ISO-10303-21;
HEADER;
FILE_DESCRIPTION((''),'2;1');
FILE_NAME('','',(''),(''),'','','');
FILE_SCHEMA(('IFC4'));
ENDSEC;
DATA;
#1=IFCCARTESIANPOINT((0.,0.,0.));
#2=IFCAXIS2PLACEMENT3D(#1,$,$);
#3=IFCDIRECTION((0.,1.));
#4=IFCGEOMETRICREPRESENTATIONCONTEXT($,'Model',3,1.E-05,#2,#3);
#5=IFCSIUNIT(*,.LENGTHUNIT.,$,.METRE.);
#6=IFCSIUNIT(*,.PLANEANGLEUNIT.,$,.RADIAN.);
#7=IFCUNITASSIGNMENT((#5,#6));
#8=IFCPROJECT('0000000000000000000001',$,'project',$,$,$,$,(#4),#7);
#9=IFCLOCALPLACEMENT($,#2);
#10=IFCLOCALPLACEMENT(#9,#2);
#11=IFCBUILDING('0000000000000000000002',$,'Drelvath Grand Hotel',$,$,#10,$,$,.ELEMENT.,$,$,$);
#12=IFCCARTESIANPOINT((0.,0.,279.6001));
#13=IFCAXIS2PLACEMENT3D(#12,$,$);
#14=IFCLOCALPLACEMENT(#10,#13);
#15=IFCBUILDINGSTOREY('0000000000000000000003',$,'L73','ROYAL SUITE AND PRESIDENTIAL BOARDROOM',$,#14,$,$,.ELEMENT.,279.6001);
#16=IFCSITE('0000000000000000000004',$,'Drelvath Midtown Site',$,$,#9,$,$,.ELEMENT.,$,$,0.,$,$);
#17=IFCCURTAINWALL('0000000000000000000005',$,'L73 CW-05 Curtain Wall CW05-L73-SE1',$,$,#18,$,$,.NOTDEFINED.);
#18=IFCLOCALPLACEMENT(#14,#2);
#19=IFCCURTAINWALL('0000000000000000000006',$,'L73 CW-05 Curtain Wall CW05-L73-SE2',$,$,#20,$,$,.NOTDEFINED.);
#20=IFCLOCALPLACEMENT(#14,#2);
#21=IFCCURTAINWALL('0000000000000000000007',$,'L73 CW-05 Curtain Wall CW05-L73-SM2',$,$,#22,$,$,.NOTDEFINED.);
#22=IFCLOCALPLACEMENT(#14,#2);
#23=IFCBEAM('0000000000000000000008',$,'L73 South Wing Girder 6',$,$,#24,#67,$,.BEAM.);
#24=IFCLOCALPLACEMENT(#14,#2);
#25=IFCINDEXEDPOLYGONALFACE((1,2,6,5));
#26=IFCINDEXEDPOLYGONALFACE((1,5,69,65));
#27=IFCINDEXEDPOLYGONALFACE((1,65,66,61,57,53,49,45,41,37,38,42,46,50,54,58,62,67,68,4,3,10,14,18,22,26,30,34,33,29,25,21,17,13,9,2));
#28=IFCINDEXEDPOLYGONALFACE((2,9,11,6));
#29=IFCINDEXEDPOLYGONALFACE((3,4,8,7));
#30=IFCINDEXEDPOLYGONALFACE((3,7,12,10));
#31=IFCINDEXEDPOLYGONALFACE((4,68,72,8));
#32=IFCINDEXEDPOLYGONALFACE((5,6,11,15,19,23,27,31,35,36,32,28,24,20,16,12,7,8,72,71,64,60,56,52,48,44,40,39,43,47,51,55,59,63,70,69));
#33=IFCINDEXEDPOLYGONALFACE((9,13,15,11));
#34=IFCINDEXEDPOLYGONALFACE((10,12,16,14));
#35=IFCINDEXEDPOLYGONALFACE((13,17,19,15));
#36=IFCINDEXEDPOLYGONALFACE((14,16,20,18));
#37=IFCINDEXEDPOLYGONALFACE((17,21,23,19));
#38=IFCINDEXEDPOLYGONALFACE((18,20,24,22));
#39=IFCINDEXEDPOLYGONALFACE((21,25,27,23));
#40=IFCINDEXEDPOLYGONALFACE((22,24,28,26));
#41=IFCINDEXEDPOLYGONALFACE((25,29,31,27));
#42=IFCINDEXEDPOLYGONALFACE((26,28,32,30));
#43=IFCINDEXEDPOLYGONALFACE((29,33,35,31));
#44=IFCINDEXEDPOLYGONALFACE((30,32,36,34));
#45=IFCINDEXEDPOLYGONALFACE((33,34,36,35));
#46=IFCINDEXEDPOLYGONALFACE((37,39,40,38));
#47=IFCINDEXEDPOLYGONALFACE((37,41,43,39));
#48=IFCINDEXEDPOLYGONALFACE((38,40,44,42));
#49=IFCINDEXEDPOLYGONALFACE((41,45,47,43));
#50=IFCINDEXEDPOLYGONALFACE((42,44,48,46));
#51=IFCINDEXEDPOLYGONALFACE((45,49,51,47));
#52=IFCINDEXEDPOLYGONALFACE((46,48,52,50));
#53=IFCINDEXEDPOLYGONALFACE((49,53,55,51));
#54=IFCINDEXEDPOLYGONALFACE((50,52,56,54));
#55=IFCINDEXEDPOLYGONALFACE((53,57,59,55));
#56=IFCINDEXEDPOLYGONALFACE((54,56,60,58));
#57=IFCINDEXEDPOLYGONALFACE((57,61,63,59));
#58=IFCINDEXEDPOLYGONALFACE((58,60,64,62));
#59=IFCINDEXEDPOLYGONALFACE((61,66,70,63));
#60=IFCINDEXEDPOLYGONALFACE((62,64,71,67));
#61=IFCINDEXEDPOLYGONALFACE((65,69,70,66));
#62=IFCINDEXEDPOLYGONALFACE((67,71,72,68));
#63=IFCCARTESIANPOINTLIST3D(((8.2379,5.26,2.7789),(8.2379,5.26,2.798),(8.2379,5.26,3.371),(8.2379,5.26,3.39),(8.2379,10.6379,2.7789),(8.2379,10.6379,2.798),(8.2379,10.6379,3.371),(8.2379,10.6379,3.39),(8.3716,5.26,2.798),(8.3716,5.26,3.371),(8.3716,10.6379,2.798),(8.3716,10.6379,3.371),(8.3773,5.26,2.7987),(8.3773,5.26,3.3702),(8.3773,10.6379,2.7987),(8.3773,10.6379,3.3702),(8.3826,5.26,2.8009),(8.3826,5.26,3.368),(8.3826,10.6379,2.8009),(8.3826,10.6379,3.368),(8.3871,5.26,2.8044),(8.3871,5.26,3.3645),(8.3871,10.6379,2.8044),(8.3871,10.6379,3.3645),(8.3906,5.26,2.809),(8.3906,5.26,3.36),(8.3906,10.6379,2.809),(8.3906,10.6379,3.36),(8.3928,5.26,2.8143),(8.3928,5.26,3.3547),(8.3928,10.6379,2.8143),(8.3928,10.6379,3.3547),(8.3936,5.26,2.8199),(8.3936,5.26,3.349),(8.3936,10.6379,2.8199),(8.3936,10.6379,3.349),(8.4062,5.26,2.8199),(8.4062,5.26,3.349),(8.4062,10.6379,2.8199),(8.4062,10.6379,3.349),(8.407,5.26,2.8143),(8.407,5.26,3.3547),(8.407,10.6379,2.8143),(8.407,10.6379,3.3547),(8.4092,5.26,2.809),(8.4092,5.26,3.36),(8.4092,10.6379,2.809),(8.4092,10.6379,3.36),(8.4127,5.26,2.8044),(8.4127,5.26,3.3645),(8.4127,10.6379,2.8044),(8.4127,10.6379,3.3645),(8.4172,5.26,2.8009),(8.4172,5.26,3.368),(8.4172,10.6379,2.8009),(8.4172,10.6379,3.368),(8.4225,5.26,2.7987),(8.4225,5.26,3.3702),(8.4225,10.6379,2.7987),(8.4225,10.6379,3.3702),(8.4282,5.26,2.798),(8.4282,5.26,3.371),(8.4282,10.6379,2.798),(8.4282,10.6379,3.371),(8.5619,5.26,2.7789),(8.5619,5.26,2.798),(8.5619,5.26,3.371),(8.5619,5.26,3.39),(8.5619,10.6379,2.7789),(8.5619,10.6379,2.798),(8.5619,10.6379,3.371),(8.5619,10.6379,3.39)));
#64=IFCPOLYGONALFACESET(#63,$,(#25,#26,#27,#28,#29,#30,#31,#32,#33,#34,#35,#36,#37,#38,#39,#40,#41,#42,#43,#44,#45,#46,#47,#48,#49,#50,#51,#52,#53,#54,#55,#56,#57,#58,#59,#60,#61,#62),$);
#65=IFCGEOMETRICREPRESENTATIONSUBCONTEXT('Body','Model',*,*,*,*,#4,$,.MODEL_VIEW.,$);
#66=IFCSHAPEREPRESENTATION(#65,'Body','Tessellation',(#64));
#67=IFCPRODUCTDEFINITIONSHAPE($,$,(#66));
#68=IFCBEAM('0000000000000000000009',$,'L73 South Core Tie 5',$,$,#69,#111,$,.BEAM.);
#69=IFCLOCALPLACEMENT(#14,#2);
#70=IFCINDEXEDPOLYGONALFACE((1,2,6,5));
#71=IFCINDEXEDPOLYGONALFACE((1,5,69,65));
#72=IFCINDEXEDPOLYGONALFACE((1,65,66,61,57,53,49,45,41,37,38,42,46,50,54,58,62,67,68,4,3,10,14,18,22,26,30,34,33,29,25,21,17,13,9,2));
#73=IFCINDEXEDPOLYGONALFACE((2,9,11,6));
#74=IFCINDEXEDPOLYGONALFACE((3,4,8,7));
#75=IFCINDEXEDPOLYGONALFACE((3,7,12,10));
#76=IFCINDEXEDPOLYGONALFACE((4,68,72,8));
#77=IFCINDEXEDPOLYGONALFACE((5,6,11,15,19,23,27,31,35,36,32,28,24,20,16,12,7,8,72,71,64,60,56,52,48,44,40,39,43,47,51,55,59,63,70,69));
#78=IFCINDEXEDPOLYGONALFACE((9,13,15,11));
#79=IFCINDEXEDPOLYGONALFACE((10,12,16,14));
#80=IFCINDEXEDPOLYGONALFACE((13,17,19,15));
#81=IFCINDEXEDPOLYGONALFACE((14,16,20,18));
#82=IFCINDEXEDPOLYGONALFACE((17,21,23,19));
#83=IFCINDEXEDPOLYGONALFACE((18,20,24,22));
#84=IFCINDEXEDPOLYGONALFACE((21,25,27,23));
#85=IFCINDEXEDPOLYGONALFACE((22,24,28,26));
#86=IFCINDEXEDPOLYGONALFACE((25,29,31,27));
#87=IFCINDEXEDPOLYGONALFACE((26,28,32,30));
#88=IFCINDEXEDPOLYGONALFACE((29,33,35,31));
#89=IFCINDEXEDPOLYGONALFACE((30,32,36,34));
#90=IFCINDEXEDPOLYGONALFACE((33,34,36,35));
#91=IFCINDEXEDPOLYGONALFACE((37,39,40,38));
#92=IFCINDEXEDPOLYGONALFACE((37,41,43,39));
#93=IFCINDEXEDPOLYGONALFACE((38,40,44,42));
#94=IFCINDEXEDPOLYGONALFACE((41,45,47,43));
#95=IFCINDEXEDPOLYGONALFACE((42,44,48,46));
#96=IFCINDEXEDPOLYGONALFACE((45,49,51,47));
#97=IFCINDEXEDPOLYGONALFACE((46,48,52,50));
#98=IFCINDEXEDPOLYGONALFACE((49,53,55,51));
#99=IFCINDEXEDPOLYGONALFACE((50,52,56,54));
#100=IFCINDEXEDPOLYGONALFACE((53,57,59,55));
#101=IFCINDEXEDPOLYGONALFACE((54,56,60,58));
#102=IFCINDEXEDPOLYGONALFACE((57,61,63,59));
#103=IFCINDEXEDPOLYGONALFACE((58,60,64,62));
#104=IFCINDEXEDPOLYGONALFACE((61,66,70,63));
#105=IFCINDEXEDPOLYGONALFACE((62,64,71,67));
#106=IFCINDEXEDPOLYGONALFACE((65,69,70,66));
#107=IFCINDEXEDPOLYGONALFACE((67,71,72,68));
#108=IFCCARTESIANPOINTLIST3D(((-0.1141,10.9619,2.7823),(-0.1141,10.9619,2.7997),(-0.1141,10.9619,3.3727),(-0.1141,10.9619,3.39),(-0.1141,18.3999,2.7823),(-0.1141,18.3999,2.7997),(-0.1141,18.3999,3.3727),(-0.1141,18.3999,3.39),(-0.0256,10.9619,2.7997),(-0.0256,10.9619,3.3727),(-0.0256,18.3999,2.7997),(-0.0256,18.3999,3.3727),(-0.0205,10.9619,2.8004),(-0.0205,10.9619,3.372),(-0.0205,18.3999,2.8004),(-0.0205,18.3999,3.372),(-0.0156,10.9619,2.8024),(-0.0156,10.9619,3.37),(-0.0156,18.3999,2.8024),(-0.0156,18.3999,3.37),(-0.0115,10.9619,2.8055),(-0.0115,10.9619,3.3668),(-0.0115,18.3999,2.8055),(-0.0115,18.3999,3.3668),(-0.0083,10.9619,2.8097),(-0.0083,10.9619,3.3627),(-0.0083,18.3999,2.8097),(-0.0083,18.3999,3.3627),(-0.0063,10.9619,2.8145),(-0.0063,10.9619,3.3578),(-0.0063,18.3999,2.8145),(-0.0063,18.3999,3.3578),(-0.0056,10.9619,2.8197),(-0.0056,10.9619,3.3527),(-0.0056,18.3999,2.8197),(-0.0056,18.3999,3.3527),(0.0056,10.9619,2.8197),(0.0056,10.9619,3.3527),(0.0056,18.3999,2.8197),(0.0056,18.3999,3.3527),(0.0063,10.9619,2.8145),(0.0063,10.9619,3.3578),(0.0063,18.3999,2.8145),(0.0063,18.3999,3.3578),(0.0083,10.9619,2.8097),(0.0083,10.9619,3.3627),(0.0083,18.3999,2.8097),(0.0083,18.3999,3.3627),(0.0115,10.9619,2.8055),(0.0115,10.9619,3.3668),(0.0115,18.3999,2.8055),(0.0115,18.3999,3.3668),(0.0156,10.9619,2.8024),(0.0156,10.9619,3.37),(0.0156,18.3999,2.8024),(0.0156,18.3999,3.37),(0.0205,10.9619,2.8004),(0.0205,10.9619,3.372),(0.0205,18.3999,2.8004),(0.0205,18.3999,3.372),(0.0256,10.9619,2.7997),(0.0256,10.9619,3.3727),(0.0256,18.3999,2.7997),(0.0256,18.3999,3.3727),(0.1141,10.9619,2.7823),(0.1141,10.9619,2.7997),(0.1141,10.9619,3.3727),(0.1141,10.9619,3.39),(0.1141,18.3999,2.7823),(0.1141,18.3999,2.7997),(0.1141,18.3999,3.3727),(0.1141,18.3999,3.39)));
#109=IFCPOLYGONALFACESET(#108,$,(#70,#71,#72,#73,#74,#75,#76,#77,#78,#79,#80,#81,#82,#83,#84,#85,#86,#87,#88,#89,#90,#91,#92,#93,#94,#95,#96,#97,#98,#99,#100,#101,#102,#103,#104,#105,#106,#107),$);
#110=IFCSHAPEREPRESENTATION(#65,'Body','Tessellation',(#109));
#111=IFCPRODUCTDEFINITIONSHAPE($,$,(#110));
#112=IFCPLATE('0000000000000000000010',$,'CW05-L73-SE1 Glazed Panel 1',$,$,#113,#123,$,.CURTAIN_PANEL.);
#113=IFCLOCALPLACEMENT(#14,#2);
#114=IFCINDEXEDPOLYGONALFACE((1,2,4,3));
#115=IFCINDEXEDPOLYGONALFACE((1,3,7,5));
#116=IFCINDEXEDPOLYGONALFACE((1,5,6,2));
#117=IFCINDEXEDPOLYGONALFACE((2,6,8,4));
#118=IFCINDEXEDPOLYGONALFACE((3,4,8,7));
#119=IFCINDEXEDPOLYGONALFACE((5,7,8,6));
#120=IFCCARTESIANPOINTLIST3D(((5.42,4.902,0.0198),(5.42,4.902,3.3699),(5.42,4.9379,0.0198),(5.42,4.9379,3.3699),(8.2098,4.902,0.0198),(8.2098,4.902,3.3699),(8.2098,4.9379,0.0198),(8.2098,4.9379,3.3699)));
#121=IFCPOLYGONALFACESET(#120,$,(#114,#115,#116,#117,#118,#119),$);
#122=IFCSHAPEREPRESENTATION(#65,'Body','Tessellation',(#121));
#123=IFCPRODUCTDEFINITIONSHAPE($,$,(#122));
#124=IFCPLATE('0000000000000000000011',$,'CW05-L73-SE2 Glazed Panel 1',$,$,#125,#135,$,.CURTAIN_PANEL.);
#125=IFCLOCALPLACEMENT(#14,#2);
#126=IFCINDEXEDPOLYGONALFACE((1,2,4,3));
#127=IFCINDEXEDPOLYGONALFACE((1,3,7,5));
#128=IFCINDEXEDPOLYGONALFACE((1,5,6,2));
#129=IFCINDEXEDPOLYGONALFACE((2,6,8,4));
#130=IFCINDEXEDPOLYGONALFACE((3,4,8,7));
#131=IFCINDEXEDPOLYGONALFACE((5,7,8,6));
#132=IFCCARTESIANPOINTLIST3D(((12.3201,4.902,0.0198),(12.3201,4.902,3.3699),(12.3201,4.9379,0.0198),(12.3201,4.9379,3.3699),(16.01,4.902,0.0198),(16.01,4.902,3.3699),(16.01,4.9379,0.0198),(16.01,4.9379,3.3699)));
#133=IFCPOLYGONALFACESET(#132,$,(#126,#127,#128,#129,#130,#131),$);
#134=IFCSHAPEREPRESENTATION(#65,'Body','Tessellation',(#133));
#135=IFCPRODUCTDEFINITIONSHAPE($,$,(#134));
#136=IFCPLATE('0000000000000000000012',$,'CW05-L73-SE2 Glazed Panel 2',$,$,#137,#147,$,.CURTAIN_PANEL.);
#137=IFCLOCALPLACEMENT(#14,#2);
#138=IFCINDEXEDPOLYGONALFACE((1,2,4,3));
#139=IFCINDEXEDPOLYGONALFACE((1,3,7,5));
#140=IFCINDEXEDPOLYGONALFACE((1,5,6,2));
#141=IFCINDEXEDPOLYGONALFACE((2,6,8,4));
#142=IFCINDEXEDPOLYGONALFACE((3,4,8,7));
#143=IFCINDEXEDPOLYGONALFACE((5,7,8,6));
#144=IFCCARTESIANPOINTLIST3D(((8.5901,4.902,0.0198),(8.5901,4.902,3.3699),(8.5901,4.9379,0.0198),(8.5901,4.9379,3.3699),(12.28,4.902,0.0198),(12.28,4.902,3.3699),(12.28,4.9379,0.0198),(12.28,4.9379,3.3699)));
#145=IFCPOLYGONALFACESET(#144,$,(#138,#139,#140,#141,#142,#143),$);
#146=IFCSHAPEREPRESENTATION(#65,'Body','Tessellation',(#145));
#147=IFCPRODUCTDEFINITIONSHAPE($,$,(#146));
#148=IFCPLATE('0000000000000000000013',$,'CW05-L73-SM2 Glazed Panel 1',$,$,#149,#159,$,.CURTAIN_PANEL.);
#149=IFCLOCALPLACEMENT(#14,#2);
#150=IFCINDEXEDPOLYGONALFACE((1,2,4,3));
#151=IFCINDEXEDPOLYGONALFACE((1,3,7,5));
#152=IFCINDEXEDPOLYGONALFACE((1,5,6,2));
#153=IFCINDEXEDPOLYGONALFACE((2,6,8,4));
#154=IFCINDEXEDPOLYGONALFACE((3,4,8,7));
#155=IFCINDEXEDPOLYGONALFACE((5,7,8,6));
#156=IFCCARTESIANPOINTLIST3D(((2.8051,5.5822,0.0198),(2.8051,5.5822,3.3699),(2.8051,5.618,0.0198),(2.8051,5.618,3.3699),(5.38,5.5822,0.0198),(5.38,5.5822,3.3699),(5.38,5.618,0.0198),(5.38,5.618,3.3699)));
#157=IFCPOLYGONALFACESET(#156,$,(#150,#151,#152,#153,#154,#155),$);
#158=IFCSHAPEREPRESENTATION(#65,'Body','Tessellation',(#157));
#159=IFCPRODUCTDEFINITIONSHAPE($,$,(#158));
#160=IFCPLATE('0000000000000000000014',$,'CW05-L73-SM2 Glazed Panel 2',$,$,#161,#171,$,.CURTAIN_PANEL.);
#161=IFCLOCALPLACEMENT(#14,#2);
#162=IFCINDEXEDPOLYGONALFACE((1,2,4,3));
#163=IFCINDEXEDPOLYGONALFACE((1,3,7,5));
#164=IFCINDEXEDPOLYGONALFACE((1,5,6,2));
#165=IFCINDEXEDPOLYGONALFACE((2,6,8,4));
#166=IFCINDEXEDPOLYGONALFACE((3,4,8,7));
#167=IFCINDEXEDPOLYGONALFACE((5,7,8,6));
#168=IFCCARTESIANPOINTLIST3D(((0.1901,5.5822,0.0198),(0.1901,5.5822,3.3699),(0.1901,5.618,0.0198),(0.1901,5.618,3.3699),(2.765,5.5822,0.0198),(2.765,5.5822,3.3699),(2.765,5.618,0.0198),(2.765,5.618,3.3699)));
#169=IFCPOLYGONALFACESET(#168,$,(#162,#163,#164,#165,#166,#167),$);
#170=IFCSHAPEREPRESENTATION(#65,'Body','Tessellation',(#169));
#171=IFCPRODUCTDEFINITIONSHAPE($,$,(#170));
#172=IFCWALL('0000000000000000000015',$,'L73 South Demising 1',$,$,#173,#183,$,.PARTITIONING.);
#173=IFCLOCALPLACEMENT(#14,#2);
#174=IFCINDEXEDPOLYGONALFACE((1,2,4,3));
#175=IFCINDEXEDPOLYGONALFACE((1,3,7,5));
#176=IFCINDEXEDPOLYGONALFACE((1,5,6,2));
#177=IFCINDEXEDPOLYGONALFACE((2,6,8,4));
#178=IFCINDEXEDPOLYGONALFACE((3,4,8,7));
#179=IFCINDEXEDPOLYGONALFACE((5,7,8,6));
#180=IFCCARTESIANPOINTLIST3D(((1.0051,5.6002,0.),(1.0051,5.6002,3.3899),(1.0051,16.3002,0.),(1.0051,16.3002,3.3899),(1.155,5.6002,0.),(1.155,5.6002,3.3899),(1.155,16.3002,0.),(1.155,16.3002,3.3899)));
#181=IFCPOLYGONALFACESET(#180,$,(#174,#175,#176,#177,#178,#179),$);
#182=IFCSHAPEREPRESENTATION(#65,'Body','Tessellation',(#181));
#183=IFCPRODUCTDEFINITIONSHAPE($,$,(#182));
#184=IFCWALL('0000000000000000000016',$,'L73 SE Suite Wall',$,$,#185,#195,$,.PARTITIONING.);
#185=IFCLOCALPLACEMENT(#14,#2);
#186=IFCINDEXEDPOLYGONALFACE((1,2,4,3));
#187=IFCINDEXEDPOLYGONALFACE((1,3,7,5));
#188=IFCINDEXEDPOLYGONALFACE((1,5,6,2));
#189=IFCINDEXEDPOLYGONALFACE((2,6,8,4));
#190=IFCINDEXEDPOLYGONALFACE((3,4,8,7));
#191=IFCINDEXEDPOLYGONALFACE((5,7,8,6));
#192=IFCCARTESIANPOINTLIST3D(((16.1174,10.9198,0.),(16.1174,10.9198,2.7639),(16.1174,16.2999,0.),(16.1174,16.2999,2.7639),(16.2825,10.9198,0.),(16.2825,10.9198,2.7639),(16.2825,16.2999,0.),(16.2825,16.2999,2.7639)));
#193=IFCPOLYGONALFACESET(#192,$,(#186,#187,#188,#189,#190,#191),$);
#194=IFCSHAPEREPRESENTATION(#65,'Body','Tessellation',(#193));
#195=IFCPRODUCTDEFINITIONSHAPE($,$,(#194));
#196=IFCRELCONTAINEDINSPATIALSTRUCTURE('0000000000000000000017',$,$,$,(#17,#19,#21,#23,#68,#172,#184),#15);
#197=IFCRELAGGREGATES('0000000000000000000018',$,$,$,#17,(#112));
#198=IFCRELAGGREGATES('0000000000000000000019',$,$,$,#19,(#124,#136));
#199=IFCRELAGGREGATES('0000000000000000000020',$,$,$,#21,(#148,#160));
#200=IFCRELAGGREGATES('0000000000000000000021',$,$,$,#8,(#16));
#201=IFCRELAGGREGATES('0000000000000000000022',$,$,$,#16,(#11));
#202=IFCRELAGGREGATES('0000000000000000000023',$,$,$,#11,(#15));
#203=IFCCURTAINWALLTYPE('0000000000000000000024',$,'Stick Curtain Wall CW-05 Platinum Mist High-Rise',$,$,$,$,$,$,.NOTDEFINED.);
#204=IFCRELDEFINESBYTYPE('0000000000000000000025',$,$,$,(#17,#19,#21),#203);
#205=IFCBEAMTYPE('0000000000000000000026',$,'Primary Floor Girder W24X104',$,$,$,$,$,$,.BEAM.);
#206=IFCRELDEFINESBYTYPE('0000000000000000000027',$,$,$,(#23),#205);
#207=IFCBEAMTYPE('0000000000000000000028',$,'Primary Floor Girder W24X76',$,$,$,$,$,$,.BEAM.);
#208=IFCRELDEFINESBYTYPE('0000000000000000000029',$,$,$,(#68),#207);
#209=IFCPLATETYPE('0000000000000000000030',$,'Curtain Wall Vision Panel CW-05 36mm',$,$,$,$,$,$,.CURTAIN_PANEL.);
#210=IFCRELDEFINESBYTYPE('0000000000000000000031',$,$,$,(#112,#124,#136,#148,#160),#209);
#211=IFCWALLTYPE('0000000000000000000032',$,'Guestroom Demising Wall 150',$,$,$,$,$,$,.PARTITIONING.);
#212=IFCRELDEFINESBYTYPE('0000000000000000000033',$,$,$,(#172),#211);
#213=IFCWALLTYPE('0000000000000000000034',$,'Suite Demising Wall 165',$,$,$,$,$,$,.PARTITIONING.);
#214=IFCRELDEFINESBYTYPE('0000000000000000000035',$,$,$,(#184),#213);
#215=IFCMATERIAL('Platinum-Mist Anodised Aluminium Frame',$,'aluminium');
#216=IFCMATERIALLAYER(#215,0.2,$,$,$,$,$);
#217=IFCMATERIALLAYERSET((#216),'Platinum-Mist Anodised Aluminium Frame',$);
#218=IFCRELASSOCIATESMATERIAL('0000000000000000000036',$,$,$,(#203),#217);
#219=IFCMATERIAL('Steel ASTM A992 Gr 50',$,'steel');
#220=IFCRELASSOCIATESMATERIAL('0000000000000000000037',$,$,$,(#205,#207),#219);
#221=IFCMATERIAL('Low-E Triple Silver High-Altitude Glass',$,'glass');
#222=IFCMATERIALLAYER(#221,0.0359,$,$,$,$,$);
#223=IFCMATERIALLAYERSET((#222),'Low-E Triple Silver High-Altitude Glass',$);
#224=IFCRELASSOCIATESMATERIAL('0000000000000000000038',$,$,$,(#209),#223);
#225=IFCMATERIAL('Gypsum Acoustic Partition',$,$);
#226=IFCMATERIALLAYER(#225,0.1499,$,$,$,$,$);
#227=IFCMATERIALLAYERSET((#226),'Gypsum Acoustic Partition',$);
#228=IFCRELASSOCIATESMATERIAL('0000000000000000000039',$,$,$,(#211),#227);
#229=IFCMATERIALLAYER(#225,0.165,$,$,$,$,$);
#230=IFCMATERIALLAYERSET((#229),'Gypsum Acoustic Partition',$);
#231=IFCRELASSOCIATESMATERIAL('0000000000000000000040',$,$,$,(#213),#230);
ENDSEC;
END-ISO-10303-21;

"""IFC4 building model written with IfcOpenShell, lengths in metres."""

from ifc_helpers import new_model, si_unit, direction, frame, frame_2d, origin, origin_2d, place, context, subcontext, project, spatial, rectangle, i_section, extrude, material, layer, layer_set, material_profile, profile_set, type_object, element, aggregate, save


model = new_model("IFC4")

# Units and contexts
model_context = context("Model", 3, precision=1e-05, world=origin(), true_north=direction((0.0, 1.0)))
body_context = subcontext(model_context, "Body", "Model", "MODEL_VIEW")
ifc_project = project(units=[si_unit("LENGTHUNIT", "METRE"), si_unit("PLANEANGLEUNIT", "RADIAN")], contexts=[model_context])

# Site, building, storey
site_placement = place(None, origin())
site = spatial("IfcSite", under=ifc_project, at=site_placement, Name="Drelvath Midtown Site", CompositionType="ELEMENT", RefElevation=0.0)
building_placement = place(site_placement, origin())
building = spatial("IfcBuilding", under=site, at=building_placement, Name="Drelvath Grand Hotel", CompositionType="ELEMENT")
storey_placement = place(building_placement, frame((0.0, 0.0, 279.6001)))
storey = spatial("IfcBuildingStorey", under=building, at=storey_placement, Name="L73", Description="ROYAL SUITE AND PRESIDENTIAL BOARDROOM", CompositionType="ELEMENT", Elevation=279.6001)

# Shared definitions
ifc_material_1 = material(Name="Steel ASTM A992 Gr 50", Category="steel")

# Curtain walls
ifc_material_2 = material(Name="Platinum-Mist Anodised Aluminium Frame", Category="aluminium")
ifc_layer_1 = layer(ifc_material_2, 0.2)
ifc_layer_set_1 = layer_set([ifc_layer_1], Name="Platinum-Mist Anodised Aluminium Frame")
curtain_wall_type = type_object("IfcCurtainWallType", Name="Stick Curtain Wall CW-05 Platinum Mist High-Rise", PredefinedType="NOTDEFINED", material=ifc_layer_set_1)
curtain_wall_1_placement = place(storey_placement, origin())
curtain_wall_1 = element("IfcCurtainWall", 1, at=curtain_wall_1_placement, inside=storey, type_object=curtain_wall_type, Name="L73 CW-05 Curtain Wall CW05-L73-SE1", PredefinedType="NOTDEFINED")
curtain_wall_2_placement = place(storey_placement, origin())
curtain_wall_2 = element("IfcCurtainWall", 2, at=curtain_wall_2_placement, inside=storey, type_object=curtain_wall_type, Name="L73 CW-05 Curtain Wall CW05-L73-SE2", PredefinedType="NOTDEFINED")
curtain_wall_3_placement = place(storey_placement, origin())
curtain_wall_3 = element("IfcCurtainWall", 3, at=curtain_wall_3_placement, inside=storey, type_object=curtain_wall_type, Name="L73 CW-05 Curtain Wall CW05-L73-SM2", PredefinedType="NOTDEFINED")

# Beams
ifc_material_profile_1 = material_profile(ifc_material_1, i_section(OverallWidth=0.324, OverallDepth=0.6111, WebThickness=0.0127, FlangeThickness=0.019, FilletRadius=0.022, at=origin_2d()), Name="W24X104")
ifc_profile_set_1 = profile_set([ifc_material_profile_1], Name="Steel ASTM A992 Gr 50")
beam_type_1 = type_object("IfcBeamType", Name="Primary Floor Girder W24X104", PredefinedType="BEAM", material=ifc_profile_set_1)
beam_1_placement = place(storey_placement, frame((8.3999, 5.26, 3.0845), z_axis=(0.0, 1.0, 0.0), x_axis=(-1.0, 0.0, 0.0)))
element("IfcBeam", 4, at=beam_1_placement, inside=storey, type_object=beam_type_1, Name="L73 South Wing Girder 6", PredefinedType="BEAM", context=body_context, shape_type="SweptSolid", body=[
    extrude(i_section(OverallWidth=0.324, OverallDepth=0.6111, WebThickness=0.0127, FlangeThickness=0.019, FilletRadius=0.022, at=origin_2d()), origin(), (0.0, 0.0, 1.0), 5.3779),
])
ifc_material_profile_2 = material_profile(ifc_material_1, i_section(OverallWidth=0.2283, OverallDepth=0.6077, WebThickness=0.0112, FlangeThickness=0.0173, FilletRadius=0.02, at=origin_2d()), Name="W24X76")
ifc_profile_set_2 = profile_set([ifc_material_profile_2], Name="Steel ASTM A992 Gr 50")
beam_type_2 = type_object("IfcBeamType", Name="Primary Floor Girder W24X76", PredefinedType="BEAM", material=ifc_profile_set_2)
beam_2_placement = place(storey_placement, frame((0.0, 10.9619, 3.0862), z_axis=(0.0, 1.0, 0.0), x_axis=(-1.0, 0.0, 0.0)))
element("IfcBeam", 5, at=beam_2_placement, inside=storey, type_object=beam_type_2, Name="L73 South Core Tie 5", PredefinedType="BEAM", context=body_context, shape_type="SweptSolid", body=[
    extrude(i_section(OverallWidth=0.2283, OverallDepth=0.6077, WebThickness=0.0112, FlangeThickness=0.0173, FilletRadius=0.02, at=origin_2d()), origin(), (0.0, 0.0, 1.0), 7.438),
])

# Plates
ifc_material_3 = material(Name="Low-E Triple Silver High-Altitude Glass", Category="glass")
ifc_layer_2 = layer(ifc_material_3, 0.0359)
ifc_layer_set_2 = layer_set([ifc_layer_2], Name="Low-E Triple Silver High-Altitude Glass")
plate_type = type_object("IfcPlateType", Name="Curtain Wall Vision Panel CW-05 36mm", PredefinedType="CURTAIN_PANEL", material=ifc_layer_set_2)
plate_1_placement = place(storey_placement, frame((6.8149, 4.9199, 0.0198), z_axis=(0.0, 0.0, 1.0), x_axis=(-1.0, 0.0, 0.0)))
plate_1 = element("IfcPlate", 6, at=plate_1_placement, type_object=plate_type, Name="CW05-L73-SE1 Glazed Panel 1", PredefinedType="CURTAIN_PANEL", context=body_context, shape_type="SweptSolid", body=[
    extrude(rectangle(XDim=2.7898, YDim=0.0359, at=origin_2d()), origin(), (0.0, 0.0, 1.0), 3.3501),
])
aggregate(curtain_wall_1, [plate_1])
plate_2_placement = place(storey_placement, frame((14.165, 4.9199, 0.0198), z_axis=(0.0, 0.0, 1.0), x_axis=(-1.0, 0.0, 0.0)))
plate_2 = element("IfcPlate", 7, at=plate_2_placement, type_object=plate_type, Name="CW05-L73-SE2 Glazed Panel 1", PredefinedType="CURTAIN_PANEL", context=body_context, shape_type="SweptSolid", body=[
    extrude(rectangle(XDim=3.6899, YDim=0.0359, at=origin_2d()), origin(), (0.0, 0.0, 1.0), 3.3501),
])
plate_3_placement = place(storey_placement, frame((10.4351, 4.9199, 0.0198), z_axis=(0.0, 0.0, 1.0), x_axis=(-1.0, 0.0, 0.0)))
plate_3 = element("IfcPlate", 8, at=plate_3_placement, type_object=plate_type, Name="CW05-L73-SE2 Glazed Panel 2", PredefinedType="CURTAIN_PANEL", context=body_context, shape_type="SweptSolid", body=[
    extrude(rectangle(XDim=3.6899, YDim=0.0359, at=origin_2d()), origin(), (0.0, 0.0, 1.0), 3.3501),
])
aggregate(curtain_wall_2, [plate_2, plate_3])
plate_4_placement = place(storey_placement, frame((4.0925, 5.6001, 0.0198), z_axis=(0.0, 0.0, 1.0), x_axis=(-1.0, 0.0, 0.0)))
plate_4 = element("IfcPlate", 9, at=plate_4_placement, type_object=plate_type, Name="CW05-L73-SM2 Glazed Panel 1", PredefinedType="CURTAIN_PANEL", context=body_context, shape_type="SweptSolid", body=[
    extrude(rectangle(XDim=2.575, YDim=0.0359, at=origin_2d()), origin(), (0.0, 0.0, 1.0), 3.3501),
])
plate_5_placement = place(storey_placement, frame((1.4775, 5.6001, 0.0198), z_axis=(0.0, 0.0, 1.0), x_axis=(-1.0, 0.0, 0.0)))
plate_5 = element("IfcPlate", 10, at=plate_5_placement, type_object=plate_type, Name="CW05-L73-SM2 Glazed Panel 2", PredefinedType="CURTAIN_PANEL", context=body_context, shape_type="SweptSolid", body=[
    extrude(rectangle(XDim=2.575, YDim=0.0359, at=origin_2d()), origin(), (0.0, 0.0, 1.0), 3.3501),
])
aggregate(curtain_wall_3, [plate_4, plate_5])

# Walls
ifc_material_4 = material(Name="Gypsum Acoustic Partition")
ifc_layer_3 = layer(ifc_material_4, 0.1499)
ifc_layer_set_3 = layer_set([ifc_layer_3], Name="Gypsum Acoustic Partition")
wall_type_1 = type_object("IfcWallType", Name="Guestroom Demising Wall 150", PredefinedType="PARTITIONING", material=ifc_layer_set_3)
wall_1_placement = place(storey_placement, frame((1.0801, 5.6001, 0.0), z_axis=(0.0, 0.0, 1.0), x_axis=(0.0, 1.0, 0.0)))
element("IfcWall", 11, at=wall_1_placement, inside=storey, type_object=wall_type_1, Name="L73 South Demising 1", PredefinedType="PARTITIONING", context=body_context, shape_type="SweptSolid", body=[
    extrude(rectangle(XDim=10.7, YDim=0.1499, at=frame_2d((5.3501, 0.0))), origin(), (0.0, 0.0, 1.0), 3.3899),
])
ifc_layer_4 = layer(ifc_material_4, 0.165)
ifc_layer_set_4 = layer_set([ifc_layer_4], Name="Gypsum Acoustic Partition")
wall_type_2 = type_object("IfcWallType", Name="Suite Demising Wall 165", PredefinedType="PARTITIONING", material=ifc_layer_set_4)
wall_2_placement = place(storey_placement, frame((16.2, 10.9199, 0.0), z_axis=(0.0, 0.0, 1.0), x_axis=(0.0, 1.0, 0.0)))
element("IfcWall", 12, at=wall_2_placement, inside=storey, type_object=wall_type_2, Name="L73 SE Suite Wall", PredefinedType="PARTITIONING", context=body_context, shape_type="SweptSolid", body=[
    extrude(rectangle(XDim=5.3801, YDim=0.165, at=frame_2d((2.6899, 0.0))), origin(), (0.0, 0.0, 1.0), 2.7639),
])

save(model, "model.ifc")
